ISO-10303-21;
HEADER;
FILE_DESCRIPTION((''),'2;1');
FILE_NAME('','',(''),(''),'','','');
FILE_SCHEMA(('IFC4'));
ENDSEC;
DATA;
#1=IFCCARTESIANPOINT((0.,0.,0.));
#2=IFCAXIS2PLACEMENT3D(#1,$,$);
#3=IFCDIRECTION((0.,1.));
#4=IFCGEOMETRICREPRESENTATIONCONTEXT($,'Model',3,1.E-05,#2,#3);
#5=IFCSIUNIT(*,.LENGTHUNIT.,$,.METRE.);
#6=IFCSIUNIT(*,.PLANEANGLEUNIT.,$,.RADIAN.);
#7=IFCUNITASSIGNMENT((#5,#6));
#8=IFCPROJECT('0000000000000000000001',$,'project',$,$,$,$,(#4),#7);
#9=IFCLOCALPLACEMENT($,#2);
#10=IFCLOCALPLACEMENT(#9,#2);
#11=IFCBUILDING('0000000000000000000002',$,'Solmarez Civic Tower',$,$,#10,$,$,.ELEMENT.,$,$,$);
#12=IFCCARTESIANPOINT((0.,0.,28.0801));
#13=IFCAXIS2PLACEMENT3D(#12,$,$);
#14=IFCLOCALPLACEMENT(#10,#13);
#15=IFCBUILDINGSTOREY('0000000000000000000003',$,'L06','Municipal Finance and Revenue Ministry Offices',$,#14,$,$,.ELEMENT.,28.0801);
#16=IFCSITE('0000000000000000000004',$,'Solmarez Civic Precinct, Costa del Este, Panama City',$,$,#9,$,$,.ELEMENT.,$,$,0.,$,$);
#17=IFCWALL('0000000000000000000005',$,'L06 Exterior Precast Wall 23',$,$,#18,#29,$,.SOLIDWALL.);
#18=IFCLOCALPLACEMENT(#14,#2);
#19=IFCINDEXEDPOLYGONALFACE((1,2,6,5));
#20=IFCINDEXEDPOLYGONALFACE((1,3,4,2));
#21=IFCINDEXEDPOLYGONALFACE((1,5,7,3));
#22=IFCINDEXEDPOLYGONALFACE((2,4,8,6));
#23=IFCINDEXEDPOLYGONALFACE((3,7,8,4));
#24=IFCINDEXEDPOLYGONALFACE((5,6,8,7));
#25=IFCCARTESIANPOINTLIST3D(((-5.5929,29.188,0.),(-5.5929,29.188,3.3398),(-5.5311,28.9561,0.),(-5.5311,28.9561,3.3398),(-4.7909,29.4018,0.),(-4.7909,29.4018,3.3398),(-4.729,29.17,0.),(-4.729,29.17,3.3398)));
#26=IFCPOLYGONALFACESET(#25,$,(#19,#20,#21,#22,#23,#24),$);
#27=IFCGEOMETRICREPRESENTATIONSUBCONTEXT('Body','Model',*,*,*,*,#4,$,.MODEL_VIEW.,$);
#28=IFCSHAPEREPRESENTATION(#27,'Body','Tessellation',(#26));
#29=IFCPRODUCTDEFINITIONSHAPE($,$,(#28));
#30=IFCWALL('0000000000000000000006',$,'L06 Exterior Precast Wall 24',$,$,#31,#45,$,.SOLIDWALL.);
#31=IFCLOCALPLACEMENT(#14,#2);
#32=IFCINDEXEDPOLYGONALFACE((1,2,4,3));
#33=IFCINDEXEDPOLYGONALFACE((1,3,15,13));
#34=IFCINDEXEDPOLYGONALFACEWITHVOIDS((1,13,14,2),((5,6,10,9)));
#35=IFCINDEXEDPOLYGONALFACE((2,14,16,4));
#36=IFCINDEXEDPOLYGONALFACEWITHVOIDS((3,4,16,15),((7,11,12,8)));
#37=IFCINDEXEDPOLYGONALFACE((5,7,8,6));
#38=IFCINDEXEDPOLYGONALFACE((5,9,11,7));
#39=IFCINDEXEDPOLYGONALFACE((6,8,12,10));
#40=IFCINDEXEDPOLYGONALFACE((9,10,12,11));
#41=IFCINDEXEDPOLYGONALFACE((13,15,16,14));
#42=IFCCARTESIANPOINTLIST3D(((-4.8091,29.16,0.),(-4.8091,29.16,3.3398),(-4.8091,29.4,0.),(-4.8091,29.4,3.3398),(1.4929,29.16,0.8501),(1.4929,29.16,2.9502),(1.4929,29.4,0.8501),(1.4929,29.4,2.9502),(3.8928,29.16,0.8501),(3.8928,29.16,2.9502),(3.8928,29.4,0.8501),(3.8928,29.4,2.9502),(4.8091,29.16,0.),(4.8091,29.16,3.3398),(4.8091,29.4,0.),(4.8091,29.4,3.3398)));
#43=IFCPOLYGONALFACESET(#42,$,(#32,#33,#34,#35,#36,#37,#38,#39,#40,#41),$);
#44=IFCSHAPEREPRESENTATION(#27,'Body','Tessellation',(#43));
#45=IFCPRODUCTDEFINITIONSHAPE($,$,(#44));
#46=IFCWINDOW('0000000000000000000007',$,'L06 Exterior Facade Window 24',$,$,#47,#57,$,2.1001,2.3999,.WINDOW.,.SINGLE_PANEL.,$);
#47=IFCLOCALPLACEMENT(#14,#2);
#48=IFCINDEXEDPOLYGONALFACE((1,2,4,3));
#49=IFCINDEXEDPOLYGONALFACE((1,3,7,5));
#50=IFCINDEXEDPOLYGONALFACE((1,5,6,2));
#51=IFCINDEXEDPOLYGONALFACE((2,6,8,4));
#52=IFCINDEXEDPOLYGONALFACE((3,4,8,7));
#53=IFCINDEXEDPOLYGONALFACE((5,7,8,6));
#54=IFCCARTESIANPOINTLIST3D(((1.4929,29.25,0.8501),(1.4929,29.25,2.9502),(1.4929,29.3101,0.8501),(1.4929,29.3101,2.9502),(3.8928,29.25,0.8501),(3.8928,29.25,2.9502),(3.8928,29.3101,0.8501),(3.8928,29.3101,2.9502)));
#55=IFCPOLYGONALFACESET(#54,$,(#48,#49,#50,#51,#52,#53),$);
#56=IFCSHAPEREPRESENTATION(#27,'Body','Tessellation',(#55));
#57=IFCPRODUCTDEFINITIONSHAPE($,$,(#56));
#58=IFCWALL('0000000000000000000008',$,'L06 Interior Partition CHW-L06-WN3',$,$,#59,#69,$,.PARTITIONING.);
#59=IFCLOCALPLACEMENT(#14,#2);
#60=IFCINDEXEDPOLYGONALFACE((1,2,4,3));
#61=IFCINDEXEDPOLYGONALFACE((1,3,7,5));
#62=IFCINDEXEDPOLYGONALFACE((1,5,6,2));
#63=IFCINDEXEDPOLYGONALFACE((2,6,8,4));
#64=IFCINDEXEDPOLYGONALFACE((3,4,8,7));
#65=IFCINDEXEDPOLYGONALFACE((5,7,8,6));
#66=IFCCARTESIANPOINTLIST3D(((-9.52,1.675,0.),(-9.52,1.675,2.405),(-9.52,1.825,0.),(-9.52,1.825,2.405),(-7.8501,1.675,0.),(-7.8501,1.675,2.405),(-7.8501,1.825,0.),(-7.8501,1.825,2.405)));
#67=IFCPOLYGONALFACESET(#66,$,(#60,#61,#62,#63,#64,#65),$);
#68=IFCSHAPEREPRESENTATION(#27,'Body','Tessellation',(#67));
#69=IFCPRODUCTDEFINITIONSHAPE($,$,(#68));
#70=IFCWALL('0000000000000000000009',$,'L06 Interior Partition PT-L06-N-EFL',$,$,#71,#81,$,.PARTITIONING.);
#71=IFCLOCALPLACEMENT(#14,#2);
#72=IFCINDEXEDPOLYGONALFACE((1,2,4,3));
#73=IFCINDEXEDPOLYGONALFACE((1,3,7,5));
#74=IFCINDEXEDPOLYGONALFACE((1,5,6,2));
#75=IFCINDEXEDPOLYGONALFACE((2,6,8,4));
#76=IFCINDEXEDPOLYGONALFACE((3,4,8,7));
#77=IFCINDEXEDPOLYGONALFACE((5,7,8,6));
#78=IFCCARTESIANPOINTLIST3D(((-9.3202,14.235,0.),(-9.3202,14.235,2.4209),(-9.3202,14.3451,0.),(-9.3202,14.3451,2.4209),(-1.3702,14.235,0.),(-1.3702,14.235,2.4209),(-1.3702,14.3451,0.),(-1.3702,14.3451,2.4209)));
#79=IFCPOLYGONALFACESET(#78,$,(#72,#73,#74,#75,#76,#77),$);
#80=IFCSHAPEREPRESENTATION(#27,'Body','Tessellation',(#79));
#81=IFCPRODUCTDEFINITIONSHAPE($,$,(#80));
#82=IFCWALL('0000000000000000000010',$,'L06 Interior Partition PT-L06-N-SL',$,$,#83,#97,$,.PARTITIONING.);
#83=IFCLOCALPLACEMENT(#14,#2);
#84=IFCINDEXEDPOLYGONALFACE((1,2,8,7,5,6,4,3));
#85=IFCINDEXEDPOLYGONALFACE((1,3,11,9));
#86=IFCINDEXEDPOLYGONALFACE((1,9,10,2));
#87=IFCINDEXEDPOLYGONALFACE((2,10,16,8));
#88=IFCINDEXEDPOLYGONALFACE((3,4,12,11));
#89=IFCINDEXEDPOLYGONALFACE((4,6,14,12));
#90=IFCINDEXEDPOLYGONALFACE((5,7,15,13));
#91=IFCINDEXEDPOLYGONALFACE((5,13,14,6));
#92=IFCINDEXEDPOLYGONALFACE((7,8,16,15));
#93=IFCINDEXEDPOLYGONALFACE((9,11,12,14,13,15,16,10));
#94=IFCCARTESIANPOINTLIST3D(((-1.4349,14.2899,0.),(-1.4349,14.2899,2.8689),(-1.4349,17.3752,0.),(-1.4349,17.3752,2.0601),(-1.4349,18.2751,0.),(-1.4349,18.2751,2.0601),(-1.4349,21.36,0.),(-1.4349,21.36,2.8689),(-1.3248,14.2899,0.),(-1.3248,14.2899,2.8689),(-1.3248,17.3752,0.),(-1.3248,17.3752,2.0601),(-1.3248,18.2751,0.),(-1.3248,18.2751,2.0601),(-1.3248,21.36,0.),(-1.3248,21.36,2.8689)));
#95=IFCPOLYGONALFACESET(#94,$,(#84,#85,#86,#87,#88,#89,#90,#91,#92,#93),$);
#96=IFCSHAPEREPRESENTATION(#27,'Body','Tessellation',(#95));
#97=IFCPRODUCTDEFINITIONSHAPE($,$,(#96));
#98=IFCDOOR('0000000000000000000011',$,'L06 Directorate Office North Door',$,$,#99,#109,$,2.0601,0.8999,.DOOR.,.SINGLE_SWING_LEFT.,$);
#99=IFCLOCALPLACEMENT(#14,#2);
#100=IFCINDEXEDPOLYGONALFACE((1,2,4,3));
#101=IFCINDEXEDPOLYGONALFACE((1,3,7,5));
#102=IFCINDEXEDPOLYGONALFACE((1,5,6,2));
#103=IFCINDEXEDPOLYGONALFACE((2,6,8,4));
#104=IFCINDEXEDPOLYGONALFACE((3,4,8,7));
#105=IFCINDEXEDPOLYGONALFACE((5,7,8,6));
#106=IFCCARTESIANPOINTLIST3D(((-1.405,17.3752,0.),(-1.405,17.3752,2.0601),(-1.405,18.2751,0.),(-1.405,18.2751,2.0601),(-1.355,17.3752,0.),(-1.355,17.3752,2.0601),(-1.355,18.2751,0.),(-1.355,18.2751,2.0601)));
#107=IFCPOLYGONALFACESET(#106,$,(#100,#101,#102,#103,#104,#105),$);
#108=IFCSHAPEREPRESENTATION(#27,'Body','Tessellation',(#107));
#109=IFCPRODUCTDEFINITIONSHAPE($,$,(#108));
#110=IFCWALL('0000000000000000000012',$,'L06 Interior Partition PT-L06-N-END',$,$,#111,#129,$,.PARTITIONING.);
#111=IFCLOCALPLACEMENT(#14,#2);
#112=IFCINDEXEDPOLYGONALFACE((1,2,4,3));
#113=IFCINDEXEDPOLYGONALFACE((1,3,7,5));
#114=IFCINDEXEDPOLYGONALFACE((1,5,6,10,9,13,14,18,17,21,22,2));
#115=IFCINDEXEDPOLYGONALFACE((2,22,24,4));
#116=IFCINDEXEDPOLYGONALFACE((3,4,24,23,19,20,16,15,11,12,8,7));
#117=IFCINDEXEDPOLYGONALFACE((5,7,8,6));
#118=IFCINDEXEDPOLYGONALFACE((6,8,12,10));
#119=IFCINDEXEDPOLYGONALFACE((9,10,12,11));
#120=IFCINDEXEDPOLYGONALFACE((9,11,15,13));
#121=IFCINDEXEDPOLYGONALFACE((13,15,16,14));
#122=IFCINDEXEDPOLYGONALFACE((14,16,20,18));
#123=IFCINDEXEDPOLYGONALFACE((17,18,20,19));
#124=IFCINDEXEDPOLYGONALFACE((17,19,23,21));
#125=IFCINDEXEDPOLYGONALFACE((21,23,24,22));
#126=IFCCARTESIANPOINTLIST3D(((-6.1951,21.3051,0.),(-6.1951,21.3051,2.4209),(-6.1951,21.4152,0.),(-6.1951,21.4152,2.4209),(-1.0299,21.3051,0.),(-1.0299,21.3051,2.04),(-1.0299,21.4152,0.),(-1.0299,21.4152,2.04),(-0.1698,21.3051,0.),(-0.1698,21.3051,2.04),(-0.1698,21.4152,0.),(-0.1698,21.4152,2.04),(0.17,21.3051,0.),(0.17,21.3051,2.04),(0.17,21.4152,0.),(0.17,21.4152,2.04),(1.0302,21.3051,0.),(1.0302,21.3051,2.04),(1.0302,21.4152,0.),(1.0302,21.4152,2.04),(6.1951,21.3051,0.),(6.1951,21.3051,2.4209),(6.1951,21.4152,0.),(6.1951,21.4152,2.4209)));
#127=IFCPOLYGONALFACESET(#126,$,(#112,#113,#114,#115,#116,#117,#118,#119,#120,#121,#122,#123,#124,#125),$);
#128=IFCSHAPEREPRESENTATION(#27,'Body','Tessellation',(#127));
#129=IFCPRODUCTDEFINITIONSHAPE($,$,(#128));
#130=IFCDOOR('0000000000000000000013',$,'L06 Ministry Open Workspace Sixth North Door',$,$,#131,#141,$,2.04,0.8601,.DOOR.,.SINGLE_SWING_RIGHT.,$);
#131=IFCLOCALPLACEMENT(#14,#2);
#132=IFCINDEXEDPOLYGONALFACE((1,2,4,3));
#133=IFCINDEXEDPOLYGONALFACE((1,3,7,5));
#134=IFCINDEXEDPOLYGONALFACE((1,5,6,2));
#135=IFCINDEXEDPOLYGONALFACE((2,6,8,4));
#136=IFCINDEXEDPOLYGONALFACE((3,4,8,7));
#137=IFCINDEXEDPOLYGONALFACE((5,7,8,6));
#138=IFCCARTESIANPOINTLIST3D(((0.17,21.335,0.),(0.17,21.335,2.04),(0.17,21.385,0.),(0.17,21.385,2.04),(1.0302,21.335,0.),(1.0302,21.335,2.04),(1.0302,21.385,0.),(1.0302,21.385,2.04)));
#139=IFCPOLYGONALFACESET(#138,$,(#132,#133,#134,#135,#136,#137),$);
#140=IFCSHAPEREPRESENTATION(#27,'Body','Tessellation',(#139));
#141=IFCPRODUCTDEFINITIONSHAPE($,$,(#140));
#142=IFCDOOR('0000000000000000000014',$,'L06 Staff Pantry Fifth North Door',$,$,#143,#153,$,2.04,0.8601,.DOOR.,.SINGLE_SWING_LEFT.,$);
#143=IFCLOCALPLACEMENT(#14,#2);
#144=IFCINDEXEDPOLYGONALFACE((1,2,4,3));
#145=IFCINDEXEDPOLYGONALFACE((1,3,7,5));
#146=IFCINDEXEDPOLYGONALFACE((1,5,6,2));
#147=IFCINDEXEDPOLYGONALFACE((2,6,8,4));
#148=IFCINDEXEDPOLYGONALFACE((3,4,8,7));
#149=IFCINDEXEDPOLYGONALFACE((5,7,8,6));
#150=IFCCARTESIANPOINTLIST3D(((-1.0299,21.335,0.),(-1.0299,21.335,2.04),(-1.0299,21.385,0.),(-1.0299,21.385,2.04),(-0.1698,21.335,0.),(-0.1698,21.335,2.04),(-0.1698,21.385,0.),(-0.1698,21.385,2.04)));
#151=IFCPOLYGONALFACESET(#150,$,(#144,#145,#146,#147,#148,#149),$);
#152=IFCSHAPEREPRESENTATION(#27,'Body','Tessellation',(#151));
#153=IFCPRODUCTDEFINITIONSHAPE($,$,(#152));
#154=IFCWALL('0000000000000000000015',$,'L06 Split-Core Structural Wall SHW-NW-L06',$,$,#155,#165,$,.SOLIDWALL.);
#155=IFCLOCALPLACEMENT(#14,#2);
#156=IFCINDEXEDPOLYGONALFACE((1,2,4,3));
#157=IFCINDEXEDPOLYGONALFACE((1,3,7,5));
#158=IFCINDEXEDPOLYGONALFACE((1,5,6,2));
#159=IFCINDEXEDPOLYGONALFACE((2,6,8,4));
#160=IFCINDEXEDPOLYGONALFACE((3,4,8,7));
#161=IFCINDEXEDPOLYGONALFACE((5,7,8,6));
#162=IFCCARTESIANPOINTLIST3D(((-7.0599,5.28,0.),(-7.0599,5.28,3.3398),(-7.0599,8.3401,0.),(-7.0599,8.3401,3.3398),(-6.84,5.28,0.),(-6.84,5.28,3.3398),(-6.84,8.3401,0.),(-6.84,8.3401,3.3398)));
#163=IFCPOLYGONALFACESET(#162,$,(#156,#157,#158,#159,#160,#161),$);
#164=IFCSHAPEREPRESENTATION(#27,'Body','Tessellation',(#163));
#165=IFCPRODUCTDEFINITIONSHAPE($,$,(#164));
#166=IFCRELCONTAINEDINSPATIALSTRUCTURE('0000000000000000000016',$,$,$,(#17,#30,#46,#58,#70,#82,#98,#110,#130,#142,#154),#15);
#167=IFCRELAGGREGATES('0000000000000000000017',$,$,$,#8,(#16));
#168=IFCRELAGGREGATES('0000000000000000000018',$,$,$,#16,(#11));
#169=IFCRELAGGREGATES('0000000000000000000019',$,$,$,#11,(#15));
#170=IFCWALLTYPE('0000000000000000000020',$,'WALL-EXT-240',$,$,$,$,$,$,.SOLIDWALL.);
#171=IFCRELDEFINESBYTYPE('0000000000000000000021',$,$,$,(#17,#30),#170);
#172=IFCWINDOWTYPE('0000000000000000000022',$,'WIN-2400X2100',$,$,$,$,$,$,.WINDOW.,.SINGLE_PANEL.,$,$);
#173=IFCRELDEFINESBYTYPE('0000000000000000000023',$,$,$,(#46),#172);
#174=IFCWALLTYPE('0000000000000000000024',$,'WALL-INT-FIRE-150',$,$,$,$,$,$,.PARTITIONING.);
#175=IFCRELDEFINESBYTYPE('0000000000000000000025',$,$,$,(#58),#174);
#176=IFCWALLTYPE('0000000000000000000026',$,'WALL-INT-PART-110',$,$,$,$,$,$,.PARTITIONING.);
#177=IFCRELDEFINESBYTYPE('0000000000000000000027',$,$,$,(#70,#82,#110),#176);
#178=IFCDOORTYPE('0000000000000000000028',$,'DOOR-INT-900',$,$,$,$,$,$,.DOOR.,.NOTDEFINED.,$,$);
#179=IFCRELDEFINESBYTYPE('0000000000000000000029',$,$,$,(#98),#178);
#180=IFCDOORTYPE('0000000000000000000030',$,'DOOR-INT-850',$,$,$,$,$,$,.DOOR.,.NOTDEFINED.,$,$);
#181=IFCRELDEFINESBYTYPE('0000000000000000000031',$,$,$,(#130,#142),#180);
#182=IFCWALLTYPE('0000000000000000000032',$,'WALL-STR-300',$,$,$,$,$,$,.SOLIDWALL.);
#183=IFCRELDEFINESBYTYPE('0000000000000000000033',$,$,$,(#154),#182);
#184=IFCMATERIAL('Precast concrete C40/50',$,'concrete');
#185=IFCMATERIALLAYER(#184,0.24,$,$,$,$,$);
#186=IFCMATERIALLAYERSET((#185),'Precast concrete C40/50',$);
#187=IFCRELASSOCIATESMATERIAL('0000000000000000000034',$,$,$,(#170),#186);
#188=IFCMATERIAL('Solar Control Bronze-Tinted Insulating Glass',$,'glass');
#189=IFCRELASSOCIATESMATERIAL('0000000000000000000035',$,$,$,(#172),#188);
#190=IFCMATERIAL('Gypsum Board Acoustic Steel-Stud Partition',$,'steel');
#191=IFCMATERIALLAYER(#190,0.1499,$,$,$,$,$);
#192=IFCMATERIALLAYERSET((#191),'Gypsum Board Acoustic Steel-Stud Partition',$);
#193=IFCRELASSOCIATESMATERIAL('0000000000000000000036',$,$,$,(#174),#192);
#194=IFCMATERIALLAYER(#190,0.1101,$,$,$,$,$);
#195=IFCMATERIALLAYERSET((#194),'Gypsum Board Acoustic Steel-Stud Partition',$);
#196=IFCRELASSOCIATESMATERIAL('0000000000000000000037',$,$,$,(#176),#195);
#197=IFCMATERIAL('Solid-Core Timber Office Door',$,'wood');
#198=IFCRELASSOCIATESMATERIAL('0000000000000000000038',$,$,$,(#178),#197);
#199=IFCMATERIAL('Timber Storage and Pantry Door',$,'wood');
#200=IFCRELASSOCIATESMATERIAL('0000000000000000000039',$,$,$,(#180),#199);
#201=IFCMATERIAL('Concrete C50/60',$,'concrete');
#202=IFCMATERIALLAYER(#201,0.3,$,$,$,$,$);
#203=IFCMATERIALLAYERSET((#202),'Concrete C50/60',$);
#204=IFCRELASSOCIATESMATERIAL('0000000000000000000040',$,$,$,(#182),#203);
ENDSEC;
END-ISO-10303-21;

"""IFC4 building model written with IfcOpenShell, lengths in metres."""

from ifc_helpers import new_model, si_unit, direction, frame, frame_2d, origin, place, context, subcontext, project, spatial, rectangle, extrude, material, layer, layer_set, type_object, element, fill, save


model = new_model("IFC4")

# Units and contexts
model_context = context("Model", 3, precision=1e-05, world=origin(), true_north=direction((0.0, 1.0)))
body_context = subcontext(model_context, "Body", "Model", "MODEL_VIEW")
ifc_project = project(units=[si_unit("LENGTHUNIT", "METRE"), si_unit("PLANEANGLEUNIT", "RADIAN")], contexts=[model_context])

# Site, building, storey
site_placement = place(None, origin())
site = spatial("IfcSite", under=ifc_project, at=site_placement, Name="Solmarez Civic Precinct, Costa del Este, Panama City", CompositionType="ELEMENT", RefElevation=0.0)
building_placement = place(site_placement, origin())
building = spatial("IfcBuilding", under=site, at=building_placement, Name="Solmarez Civic Tower", CompositionType="ELEMENT")
storey_placement = place(building_placement, frame((0.0, 0.0, 28.0801)))
storey = spatial("IfcBuildingStorey", under=building, at=storey_placement, Name="L06", Description="Municipal Finance and Revenue Ministry Offices", CompositionType="ELEMENT", Elevation=28.0801)

# Shared definitions
ifc_material_1 = material(Name="Concrete C50/60", Category="concrete")

# Wall
ifc_material_2 = material(Name="Precast concrete C40/50", Category="concrete")
ifc_layer_1 = layer(ifc_material_2, 0.24)
ifc_layer_set_1 = layer_set([ifc_layer_1], Name="Precast concrete C40/50")
wall_type_1 = type_object("IfcWallType", Name="WALL-EXT-240", PredefinedType="SOLIDWALL", material=ifc_layer_set_1)
wall_1_placement = place(storey_placement, frame((-5.562, 29.072, 0.0), z_axis=(0.0, 0.0, 1.0), x_axis=(0.966235, 0.257663, 0.0)))
element("IfcWall", 1, at=wall_1_placement, inside=storey, type_object=wall_type_1, Name="L06 Exterior Precast Wall 23", PredefinedType="SOLIDWALL", context=body_context, shape_type="SweptSolid", body=[
    extrude(rectangle(XDim=0.8301, YDim=0.24, at=frame_2d((0.415, 0.0))), origin(), (0.0, 0.0, 1.0), 3.3398),
])

# Wall, opening, window
wall_2_placement = place(storey_placement, frame((-4.8091, 29.28, 0.0), z_axis=(0.0, 0.0, 1.0), x_axis=(1.0, 0.0, 0.0)))
wall_2 = element("IfcWall", 2, at=wall_2_placement, inside=storey, type_object=wall_type_1, Name="L06 Exterior Precast Wall 24", PredefinedType="SOLIDWALL", context=body_context, shape_type="SweptSolid", body=[
    extrude(rectangle(XDim=9.6182, YDim=0.24, at=frame_2d((4.8091, 0.0))), origin(), (0.0, 0.0, 1.0), 3.3398),
])
opening_1_placement = place(wall_2_placement, frame((6.302, 0.0, 0.8501)))
opening_1 = element("IfcOpeningElement", 3, at=opening_1_placement, cuts=wall_2, PredefinedType="OPENING", context=body_context, shape_type="SweptSolid", body=[
    extrude(rectangle(XDim=2.3999, YDim=2.1001, at=frame_2d((1.2, 1.05))), frame((0.0, 0.1299, 0.0), z_axis=(0.0, -1.0, 0.0), x_axis=(1.0, 0.0, 0.0)), (0.0, 0.0, 1.0), 0.26),
])
ifc_material_3 = material(Name="Solar Control Bronze-Tinted Insulating Glass", Category="glass")
window_type = type_object("IfcWindowType", Name="WIN-2400X2100", PartitioningType="SINGLE_PANEL", PredefinedType="WINDOW", material=ifc_material_3)
window_placement = place(opening_1_placement, origin())
window = element("IfcWindow", 4, at=window_placement, inside=storey, type_object=window_type, Name="L06 Exterior Facade Window 24", OverallHeight=2.1001, OverallWidth=2.3999, PartitioningType="SINGLE_PANEL", PredefinedType="WINDOW", context=body_context, shape_type="SweptSolid", body=[
    extrude(rectangle(XDim=2.3999, YDim=2.1001, at=frame_2d((1.2, 1.05))), frame((0.0, 0.03, 0.0), z_axis=(0.0, -1.0, 0.0), x_axis=(1.0, 0.0, 0.0)), (0.0, 0.0, 1.0), 0.0601),
])
fill(opening_1, window)

# Walls
ifc_material_4 = material(Name="Gypsum Board Acoustic Steel-Stud Partition", Category="steel")
ifc_layer_2 = layer(ifc_material_4, 0.1499)
ifc_layer_set_2 = layer_set([ifc_layer_2], Name="Gypsum Board Acoustic Steel-Stud Partition")
wall_type_2 = type_object("IfcWallType", Name="WALL-INT-FIRE-150", PredefinedType="PARTITIONING", material=ifc_layer_set_2)
wall_3_placement = place(storey_placement, frame((-7.8501, 1.75, 0.0), z_axis=(0.0, 0.0, 1.0), x_axis=(-1.0, 0.0, 0.0)))
element("IfcWall", 5, at=wall_3_placement, inside=storey, type_object=wall_type_2, Name="L06 Interior Partition CHW-L06-WN3", PredefinedType="PARTITIONING", context=body_context, shape_type="SweptSolid", body=[
    extrude(rectangle(XDim=1.6699, YDim=0.1499, at=frame_2d((0.835, 0.0))), origin(), (0.0, 0.0, 1.0), 2.405),
])
ifc_layer_3 = layer(ifc_material_4, 0.1101)
ifc_layer_set_3 = layer_set([ifc_layer_3], Name="Gypsum Board Acoustic Steel-Stud Partition")
wall_type_3 = type_object("IfcWallType", Name="WALL-INT-PART-110", PredefinedType="PARTITIONING", material=ifc_layer_set_3)
wall_4_placement = place(storey_placement, frame((-1.3701, 14.29, 0.0), z_axis=(0.0, 0.0, 1.0), x_axis=(-1.0, 0.0, 0.0)))
element("IfcWall", 6, at=wall_4_placement, inside=storey, type_object=wall_type_3, Name="L06 Interior Partition PT-L06-N-EFL", PredefinedType="PARTITIONING", context=body_context, shape_type="SweptSolid", body=[
    extrude(rectangle(XDim=7.95, YDim=0.1101, at=frame_2d((3.9751, 0.0))), origin(), (0.0, 0.0, 1.0), 2.4209),
])

# Wall, opening, door
wall_5_placement = place(storey_placement, frame((-1.3799, 21.3601, 0.0), z_axis=(0.0, 0.0, 1.0), x_axis=(0.0, -1.0, 0.0)))
wall_5 = element("IfcWall", 7, at=wall_5_placement, inside=storey, type_object=wall_type_3, Name="L06 Interior Partition PT-L06-N-SL", PredefinedType="PARTITIONING", context=body_context, shape_type="SweptSolid", body=[
    extrude(rectangle(XDim=7.0701, YDim=0.1101, at=frame_2d((3.5352, 0.0))), origin(), (0.0, 0.0, 1.0), 2.8689),
])
opening_2_placement = place(wall_5_placement, frame((3.085, 0.0, 0.0)))
opening_2 = element("IfcOpeningElement", 8, at=opening_2_placement, cuts=wall_5, PredefinedType="OPENING", context=body_context, shape_type="SweptSolid", body=[
    extrude(rectangle(XDim=0.8999, YDim=2.0601, at=frame_2d((0.45, 1.03))), frame((0.0, 0.0649, 0.0), z_axis=(0.0, -1.0, 0.0), x_axis=(1.0, 0.0, 0.0)), (0.0, 0.0, 1.0), 0.1301),
])
ifc_material_5 = material(Name="Solid-Core Timber Office Door", Category="wood")
door_type_1 = type_object("IfcDoorType", Name="DOOR-INT-900", OperationType="NOTDEFINED", PredefinedType="DOOR", material=ifc_material_5)
door_1_placement = place(opening_2_placement, origin())
door_1 = element("IfcDoor", 9, at=door_1_placement, inside=storey, type_object=door_type_1, Name="L06 Directorate Office North Door", OperationType="SINGLE_SWING_LEFT", OverallHeight=2.0601, OverallWidth=0.8999, PredefinedType="DOOR", context=body_context, shape_type="SweptSolid", body=[
    extrude(rectangle(XDim=0.8999, YDim=2.0601, at=frame_2d((0.45, 1.03))), frame((0.0, 0.0249, 0.0), z_axis=(0.0, -1.0, 0.0), x_axis=(1.0, 0.0, 0.0)), (0.0, 0.0, 1.0), 0.05),
])
fill(opening_2, door_1)

# Wall, openings, doors
wall_6_placement = place(storey_placement, frame((-6.1951, 21.3601, 0.0), z_axis=(0.0, 0.0, 1.0), x_axis=(1.0, 0.0, 0.0)))
wall_6 = element("IfcWall", 10, at=wall_6_placement, inside=storey, type_object=wall_type_3, Name="L06 Interior Partition PT-L06-N-END", PredefinedType="PARTITIONING", context=body_context, shape_type="SweptSolid", body=[
    extrude(rectangle(XDim=12.3901, YDim=0.1101, at=frame_2d((6.1951, 0.0))), origin(), (0.0, 0.0, 1.0), 2.4209),
])
opening_3_placement = place(wall_6_placement, frame((6.365, 0.0, 0.0)))
opening_3 = element("IfcOpeningElement", 11, at=opening_3_placement, cuts=wall_6, PredefinedType="OPENING", context=body_context, shape_type="SweptSolid", body=[
    extrude(rectangle(XDim=0.8601, YDim=2.04, at=frame_2d((0.4302, 1.02))), frame((0.0, 0.0649, 0.0), z_axis=(0.0, -1.0, 0.0), x_axis=(1.0, 0.0, 0.0)), (0.0, 0.0, 1.0), 0.1301),
])
opening_4_placement = place(wall_6_placement, frame((5.165, 0.0, 0.0)))
opening_4 = element("IfcOpeningElement", 12, at=opening_4_placement, cuts=wall_6, PredefinedType="OPENING", context=body_context, shape_type="SweptSolid", body=[
    extrude(rectangle(XDim=0.8601, YDim=2.04, at=frame_2d((0.4302, 1.02))), frame((0.0, 0.0649, 0.0), z_axis=(0.0, -1.0, 0.0), x_axis=(1.0, 0.0, 0.0)), (0.0, 0.0, 1.0), 0.1301),
])
ifc_material_6 = material(Name="Timber Storage and Pantry Door", Category="wood")
door_type_2 = type_object("IfcDoorType", Name="DOOR-INT-850", OperationType="NOTDEFINED", PredefinedType="DOOR", material=ifc_material_6)
door_2_placement = place(opening_3_placement, origin())
door_2 = element("IfcDoor", 13, at=door_2_placement, inside=storey, type_object=door_type_2, Name="L06 Ministry Open Workspace Sixth North Door", OperationType="SINGLE_SWING_RIGHT", OverallHeight=2.04, OverallWidth=0.8601, PredefinedType="DOOR", context=body_context, shape_type="SweptSolid", body=[
    extrude(rectangle(XDim=0.8601, YDim=2.04, at=frame_2d((0.4302, 1.02))), frame((0.0, 0.0249, 0.0), z_axis=(0.0, -1.0, 0.0), x_axis=(1.0, 0.0, 0.0)), (0.0, 0.0, 1.0), 0.05),
])
fill(opening_3, door_2)
door_3_placement = place(opening_4_placement, origin())
door_3 = element("IfcDoor", 14, at=door_3_placement, inside=storey, type_object=door_type_2, Name="L06 Staff Pantry Fifth North Door", OperationType="SINGLE_SWING_LEFT", OverallHeight=2.04, OverallWidth=0.8601, PredefinedType="DOOR", context=body_context, shape_type="SweptSolid", body=[
    extrude(rectangle(XDim=0.8601, YDim=2.04, at=frame_2d((0.4302, 1.02))), frame((0.0, 0.0249, 0.0), z_axis=(0.0, -1.0, 0.0), x_axis=(1.0, 0.0, 0.0)), (0.0, 0.0, 1.0), 0.05),
])
fill(opening_4, door_3)

# Wall
ifc_layer_4 = layer(ifc_material_1, 0.3)
ifc_layer_set_4 = layer_set([ifc_layer_4], Name="Concrete C50/60")
wall_type_4 = type_object("IfcWallType", Name="WALL-STR-300", PredefinedType="SOLIDWALL", material=ifc_layer_set_4)
wall_7_placement = place(storey_placement, frame((-6.95, 5.28, 0.0), z_axis=(0.0, 0.0, 1.0), x_axis=(0.0, 1.0, 0.0)))
element("IfcWall", 15, at=wall_7_placement, inside=storey, type_object=wall_type_4, Name="L06 Split-Core Structural Wall SHW-NW-L06", PredefinedType="SOLIDWALL", context=body_context, shape_type="SweptSolid", body=[
    extrude(rectangle(XDim=3.0601, YDim=0.22, at=frame_2d((1.53, 0.0))), origin(), (0.0, 0.0, 1.0), 3.3398),
])

save(model, "model.ifc")
